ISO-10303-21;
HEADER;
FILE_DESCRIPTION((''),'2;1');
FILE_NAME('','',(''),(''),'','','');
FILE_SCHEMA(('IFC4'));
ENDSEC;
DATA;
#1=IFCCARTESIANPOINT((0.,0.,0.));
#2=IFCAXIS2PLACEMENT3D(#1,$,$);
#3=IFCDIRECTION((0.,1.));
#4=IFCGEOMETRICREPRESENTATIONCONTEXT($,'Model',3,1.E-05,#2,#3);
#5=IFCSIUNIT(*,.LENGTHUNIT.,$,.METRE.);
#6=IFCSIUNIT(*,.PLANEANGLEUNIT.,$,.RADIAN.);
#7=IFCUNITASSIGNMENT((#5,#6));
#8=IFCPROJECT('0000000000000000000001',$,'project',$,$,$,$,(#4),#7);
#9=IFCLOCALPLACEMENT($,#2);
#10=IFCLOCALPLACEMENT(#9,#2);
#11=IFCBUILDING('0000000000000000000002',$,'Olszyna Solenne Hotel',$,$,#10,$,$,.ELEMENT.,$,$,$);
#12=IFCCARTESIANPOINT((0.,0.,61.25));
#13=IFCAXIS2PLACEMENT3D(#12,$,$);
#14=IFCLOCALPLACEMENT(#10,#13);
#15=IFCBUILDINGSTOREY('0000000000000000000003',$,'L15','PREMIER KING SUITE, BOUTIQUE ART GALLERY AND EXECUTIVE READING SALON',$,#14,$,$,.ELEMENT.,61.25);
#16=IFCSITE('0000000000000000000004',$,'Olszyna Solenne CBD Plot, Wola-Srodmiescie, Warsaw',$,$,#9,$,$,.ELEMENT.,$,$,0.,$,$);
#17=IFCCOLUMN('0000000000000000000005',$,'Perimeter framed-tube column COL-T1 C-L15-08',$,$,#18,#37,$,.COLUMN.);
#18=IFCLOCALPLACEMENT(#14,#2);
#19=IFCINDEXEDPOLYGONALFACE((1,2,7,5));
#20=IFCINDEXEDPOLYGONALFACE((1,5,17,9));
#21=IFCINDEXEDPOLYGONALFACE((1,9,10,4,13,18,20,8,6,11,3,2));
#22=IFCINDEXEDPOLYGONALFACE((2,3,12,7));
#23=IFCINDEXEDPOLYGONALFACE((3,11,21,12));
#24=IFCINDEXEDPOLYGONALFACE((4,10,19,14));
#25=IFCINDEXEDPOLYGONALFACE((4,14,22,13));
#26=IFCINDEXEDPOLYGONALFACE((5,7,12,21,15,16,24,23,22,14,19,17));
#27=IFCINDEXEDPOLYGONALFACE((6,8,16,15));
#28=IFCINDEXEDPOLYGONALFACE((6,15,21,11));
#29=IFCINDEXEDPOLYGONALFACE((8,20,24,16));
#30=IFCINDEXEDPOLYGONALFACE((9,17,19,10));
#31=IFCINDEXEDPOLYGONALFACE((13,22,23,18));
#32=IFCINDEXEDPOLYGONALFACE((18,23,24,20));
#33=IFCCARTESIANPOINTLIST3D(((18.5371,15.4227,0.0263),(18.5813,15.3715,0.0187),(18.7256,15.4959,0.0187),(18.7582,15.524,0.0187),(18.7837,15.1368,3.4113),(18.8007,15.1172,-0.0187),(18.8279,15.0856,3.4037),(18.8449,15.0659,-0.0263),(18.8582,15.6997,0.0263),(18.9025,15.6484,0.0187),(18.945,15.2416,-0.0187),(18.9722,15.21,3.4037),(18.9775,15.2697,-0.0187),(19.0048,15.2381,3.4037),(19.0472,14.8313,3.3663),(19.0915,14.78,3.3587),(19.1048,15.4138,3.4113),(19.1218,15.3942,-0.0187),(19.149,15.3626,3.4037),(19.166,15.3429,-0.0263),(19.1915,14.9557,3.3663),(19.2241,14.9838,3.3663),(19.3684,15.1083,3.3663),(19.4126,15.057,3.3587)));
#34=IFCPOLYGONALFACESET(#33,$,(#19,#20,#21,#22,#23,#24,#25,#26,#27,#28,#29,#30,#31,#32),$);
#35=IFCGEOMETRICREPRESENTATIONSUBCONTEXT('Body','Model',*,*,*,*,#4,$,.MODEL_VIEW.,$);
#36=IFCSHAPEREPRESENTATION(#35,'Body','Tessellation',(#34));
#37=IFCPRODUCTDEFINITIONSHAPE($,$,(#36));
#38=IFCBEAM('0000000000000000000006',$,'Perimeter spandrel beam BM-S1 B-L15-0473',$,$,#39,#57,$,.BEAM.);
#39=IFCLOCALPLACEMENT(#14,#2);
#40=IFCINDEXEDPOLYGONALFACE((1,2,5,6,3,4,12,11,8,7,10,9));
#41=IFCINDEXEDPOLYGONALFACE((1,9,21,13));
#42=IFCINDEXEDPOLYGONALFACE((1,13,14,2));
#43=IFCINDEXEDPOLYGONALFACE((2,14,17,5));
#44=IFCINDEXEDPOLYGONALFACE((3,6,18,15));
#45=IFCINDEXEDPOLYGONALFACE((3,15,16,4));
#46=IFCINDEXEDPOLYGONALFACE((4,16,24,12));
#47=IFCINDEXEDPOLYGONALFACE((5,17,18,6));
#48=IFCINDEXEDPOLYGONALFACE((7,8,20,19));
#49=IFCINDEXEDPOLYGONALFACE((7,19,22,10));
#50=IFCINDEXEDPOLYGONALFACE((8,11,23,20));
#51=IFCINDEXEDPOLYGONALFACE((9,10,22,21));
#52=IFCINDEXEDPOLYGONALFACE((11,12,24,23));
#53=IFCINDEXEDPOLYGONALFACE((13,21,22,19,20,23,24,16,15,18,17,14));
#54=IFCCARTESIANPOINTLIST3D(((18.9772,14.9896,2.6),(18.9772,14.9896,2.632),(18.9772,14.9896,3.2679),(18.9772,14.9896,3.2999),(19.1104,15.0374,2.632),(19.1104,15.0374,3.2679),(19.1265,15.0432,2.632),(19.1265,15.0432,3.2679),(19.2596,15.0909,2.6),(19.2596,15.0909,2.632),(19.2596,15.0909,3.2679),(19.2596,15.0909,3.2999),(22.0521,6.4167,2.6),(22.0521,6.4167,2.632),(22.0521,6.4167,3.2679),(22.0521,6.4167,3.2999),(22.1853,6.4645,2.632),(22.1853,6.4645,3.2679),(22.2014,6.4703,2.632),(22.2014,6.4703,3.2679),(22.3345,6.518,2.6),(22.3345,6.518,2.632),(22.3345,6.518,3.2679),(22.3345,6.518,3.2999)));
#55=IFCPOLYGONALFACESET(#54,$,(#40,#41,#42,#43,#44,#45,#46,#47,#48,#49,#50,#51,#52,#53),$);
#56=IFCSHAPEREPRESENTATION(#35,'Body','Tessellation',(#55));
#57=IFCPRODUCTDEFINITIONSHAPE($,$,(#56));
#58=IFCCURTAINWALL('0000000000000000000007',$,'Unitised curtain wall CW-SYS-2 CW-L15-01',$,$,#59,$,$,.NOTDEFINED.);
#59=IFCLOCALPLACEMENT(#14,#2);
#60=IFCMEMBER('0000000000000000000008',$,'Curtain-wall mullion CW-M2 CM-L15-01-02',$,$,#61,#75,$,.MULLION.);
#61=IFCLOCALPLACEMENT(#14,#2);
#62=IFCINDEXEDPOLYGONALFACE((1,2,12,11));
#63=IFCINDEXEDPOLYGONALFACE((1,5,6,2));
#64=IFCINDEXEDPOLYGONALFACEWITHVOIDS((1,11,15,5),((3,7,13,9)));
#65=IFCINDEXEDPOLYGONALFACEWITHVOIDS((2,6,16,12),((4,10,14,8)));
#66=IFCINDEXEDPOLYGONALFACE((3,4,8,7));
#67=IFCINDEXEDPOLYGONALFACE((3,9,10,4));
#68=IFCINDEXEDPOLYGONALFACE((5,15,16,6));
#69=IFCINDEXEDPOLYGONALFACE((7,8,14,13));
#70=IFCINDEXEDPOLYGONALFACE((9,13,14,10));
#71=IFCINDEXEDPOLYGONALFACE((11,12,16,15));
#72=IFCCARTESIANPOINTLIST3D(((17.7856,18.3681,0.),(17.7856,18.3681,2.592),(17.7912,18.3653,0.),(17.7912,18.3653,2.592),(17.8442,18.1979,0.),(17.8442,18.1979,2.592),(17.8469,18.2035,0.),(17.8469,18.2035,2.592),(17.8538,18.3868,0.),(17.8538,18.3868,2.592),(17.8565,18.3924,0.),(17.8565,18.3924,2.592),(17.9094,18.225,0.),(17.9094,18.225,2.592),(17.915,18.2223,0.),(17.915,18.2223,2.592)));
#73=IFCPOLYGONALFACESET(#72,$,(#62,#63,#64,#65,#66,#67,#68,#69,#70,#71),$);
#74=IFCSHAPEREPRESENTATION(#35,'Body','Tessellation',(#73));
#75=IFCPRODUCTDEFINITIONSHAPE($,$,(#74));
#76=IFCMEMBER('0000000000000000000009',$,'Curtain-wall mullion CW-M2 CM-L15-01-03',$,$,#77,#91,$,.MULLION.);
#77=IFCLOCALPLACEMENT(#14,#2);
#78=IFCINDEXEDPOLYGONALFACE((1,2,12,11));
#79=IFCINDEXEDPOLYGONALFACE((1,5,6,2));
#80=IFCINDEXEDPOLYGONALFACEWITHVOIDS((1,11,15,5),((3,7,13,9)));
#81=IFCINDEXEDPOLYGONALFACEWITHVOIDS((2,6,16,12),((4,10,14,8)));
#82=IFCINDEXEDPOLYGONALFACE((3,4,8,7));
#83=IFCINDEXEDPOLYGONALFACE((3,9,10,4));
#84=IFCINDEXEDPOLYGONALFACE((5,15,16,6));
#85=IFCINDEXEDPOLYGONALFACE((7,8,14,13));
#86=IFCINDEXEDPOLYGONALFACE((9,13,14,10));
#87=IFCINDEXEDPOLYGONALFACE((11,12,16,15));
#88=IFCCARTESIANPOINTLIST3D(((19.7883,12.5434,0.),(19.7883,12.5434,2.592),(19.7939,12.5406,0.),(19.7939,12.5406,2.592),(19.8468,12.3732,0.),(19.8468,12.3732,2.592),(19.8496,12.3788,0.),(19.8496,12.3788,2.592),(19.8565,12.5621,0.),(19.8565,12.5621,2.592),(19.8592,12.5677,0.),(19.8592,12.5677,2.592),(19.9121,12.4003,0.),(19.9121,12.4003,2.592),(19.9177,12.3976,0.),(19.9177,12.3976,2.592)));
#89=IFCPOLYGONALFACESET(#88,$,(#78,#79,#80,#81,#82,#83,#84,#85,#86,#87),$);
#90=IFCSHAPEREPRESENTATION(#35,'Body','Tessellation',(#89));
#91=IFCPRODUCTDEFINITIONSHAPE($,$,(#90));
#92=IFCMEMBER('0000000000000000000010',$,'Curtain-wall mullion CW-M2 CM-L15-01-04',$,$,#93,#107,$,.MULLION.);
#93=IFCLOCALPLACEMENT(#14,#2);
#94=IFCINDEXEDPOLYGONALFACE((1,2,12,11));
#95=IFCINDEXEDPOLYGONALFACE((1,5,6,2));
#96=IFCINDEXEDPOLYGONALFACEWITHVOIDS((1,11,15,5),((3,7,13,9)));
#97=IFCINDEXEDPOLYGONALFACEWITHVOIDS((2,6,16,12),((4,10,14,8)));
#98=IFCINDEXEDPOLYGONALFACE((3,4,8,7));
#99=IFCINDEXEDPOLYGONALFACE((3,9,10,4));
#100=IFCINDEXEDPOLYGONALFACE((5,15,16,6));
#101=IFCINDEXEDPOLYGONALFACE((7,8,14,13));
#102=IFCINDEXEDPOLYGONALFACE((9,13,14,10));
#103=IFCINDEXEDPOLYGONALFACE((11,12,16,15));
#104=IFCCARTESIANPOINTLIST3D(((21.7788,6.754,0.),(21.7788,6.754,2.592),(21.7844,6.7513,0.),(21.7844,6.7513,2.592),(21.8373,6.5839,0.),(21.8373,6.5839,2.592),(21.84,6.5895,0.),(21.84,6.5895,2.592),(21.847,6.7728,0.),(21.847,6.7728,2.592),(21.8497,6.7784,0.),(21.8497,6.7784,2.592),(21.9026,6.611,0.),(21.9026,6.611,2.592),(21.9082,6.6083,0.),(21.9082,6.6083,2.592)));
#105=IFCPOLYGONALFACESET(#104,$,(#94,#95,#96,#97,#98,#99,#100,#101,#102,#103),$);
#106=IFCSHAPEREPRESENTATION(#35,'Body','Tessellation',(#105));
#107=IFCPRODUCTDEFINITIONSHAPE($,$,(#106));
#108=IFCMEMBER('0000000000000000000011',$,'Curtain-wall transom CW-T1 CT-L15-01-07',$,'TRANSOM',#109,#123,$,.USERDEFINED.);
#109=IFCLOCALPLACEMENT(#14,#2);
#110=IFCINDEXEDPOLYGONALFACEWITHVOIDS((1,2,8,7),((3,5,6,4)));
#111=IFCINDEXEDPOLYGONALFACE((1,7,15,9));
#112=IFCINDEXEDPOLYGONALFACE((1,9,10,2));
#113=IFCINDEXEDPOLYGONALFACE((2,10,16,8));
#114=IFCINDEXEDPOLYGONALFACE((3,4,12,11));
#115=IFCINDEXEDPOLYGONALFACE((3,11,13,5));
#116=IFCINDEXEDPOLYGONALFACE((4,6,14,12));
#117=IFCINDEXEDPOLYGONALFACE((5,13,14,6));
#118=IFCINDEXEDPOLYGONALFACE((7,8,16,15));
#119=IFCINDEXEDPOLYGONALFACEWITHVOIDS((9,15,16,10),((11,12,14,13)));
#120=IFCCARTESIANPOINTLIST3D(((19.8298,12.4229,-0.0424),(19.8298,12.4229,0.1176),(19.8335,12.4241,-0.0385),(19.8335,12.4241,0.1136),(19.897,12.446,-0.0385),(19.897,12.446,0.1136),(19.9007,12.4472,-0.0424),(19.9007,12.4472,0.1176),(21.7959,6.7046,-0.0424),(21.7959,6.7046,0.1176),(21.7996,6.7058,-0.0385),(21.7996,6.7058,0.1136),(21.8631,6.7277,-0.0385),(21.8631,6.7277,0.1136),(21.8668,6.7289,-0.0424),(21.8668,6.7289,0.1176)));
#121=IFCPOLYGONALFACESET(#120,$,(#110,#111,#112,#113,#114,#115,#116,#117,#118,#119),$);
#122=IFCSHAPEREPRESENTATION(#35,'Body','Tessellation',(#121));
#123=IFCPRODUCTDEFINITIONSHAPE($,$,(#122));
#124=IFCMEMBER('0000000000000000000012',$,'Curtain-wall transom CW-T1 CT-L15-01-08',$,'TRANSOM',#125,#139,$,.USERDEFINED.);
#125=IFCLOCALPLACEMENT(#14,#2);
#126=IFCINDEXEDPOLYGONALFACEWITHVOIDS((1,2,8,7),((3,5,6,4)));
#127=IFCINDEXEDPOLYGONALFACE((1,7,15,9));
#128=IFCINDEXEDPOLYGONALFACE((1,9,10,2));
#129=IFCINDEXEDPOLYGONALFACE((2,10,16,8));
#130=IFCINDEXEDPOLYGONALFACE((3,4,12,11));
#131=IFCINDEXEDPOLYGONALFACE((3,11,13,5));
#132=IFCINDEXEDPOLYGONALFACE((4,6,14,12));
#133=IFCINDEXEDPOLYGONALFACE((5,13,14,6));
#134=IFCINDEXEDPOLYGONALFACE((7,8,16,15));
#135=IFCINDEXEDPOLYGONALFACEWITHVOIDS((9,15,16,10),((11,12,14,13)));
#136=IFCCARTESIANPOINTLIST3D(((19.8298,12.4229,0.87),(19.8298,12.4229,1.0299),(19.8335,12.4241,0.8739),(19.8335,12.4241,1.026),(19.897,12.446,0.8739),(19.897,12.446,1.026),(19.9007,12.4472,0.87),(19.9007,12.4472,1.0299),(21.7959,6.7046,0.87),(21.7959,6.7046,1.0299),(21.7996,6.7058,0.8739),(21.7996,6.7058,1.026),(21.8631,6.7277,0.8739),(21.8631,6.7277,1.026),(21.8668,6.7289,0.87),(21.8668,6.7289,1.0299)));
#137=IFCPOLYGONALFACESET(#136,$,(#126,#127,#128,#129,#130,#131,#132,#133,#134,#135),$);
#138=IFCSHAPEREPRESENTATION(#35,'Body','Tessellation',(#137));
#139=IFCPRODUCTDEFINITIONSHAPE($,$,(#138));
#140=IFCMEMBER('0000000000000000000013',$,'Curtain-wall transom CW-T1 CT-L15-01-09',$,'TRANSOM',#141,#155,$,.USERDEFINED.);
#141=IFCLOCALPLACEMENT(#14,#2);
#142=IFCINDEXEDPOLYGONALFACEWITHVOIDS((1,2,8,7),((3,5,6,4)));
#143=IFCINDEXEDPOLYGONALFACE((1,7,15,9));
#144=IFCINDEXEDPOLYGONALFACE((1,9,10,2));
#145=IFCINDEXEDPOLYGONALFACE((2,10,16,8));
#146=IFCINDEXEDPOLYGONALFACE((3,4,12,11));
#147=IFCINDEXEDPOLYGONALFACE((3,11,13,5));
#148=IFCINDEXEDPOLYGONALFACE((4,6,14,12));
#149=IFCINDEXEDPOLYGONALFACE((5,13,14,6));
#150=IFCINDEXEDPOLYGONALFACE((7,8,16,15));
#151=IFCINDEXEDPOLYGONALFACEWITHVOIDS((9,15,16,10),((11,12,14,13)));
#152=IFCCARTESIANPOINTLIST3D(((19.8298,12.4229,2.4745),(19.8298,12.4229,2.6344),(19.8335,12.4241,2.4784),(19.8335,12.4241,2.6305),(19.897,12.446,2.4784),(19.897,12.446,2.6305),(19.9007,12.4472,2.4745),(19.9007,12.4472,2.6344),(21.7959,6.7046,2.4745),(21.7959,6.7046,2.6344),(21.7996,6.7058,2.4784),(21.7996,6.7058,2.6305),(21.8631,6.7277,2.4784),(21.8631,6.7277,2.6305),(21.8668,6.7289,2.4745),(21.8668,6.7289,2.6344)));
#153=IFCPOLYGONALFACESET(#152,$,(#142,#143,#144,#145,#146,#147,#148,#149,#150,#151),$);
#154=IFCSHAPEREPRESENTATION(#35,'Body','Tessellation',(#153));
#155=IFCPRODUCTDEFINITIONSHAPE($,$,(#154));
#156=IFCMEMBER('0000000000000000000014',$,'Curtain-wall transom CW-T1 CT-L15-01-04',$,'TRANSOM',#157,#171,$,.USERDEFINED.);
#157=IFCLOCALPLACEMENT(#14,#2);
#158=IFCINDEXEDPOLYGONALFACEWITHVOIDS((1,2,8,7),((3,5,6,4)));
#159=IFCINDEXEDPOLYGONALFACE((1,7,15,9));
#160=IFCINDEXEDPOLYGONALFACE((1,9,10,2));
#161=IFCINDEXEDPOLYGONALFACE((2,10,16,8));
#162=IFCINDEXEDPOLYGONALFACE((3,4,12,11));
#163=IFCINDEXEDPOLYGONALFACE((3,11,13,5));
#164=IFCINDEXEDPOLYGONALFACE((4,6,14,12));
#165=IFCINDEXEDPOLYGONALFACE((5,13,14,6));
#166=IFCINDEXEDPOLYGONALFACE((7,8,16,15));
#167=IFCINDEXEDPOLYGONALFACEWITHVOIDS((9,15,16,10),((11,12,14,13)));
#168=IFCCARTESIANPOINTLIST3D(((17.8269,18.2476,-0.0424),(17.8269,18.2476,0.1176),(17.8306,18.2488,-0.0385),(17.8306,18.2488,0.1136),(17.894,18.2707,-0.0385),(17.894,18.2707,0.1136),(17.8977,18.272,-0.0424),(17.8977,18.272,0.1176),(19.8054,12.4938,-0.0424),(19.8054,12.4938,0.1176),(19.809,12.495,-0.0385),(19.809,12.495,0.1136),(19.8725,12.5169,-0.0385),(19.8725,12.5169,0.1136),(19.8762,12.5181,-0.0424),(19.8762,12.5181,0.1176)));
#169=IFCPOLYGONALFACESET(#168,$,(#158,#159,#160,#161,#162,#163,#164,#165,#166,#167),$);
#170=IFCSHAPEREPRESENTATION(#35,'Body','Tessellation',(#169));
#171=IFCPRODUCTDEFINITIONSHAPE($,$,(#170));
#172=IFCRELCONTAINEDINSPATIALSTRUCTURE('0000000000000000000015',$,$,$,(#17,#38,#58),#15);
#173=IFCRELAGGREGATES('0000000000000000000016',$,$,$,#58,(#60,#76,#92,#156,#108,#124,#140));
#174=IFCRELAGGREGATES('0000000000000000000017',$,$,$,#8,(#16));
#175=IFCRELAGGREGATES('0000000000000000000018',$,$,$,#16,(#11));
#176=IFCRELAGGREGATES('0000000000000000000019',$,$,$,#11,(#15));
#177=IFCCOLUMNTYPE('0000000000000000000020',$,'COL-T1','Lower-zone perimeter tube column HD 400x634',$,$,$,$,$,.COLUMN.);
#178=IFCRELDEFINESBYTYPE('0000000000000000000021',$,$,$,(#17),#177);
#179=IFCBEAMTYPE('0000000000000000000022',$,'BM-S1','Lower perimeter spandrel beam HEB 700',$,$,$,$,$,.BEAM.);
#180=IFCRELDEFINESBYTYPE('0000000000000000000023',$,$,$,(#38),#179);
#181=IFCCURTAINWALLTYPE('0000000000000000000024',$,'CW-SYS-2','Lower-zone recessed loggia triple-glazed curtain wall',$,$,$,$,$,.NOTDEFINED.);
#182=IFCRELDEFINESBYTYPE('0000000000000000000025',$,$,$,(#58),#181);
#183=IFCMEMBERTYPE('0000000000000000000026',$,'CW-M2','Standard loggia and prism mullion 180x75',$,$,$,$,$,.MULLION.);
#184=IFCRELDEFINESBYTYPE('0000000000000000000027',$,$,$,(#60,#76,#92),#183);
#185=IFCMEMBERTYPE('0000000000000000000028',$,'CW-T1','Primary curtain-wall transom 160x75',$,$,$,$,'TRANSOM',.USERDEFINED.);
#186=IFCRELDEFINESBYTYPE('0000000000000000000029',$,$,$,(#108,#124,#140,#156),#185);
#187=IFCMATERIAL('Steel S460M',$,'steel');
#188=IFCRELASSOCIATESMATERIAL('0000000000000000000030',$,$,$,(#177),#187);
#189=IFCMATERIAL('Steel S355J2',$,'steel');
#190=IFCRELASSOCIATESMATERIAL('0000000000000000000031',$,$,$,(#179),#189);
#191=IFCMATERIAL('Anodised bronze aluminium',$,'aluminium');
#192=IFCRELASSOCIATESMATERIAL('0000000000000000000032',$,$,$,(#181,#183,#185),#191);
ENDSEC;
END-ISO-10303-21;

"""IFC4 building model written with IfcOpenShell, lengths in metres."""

from ifc_helpers import new_model, si_unit, direction, frame, origin, origin_2d, place, context, subcontext, project, spatial, hollow_rectangle, i_section, extrude, source, transform, mapped, material, material_profile, profile_set, type_object, element, aggregate, save


model = new_model("IFC4")

# Units and contexts
model_context = context("Model", 3, precision=1e-05, world=origin(), true_north=direction((0.0, 1.0)))
body_context = subcontext(model_context, "Body", "Model", "MODEL_VIEW")
ifc_project = project(units=[si_unit("LENGTHUNIT", "METRE"), si_unit("PLANEANGLEUNIT", "RADIAN")], contexts=[model_context])

# Site, building, storey
site_placement = place(None, origin())
site = spatial("IfcSite", under=ifc_project, at=site_placement, Name="Olszyna Solenne CBD Plot, Wola-Srodmiescie, Warsaw", CompositionType="ELEMENT", RefElevation=0.0)
building_placement = place(site_placement, origin())
building = spatial("IfcBuilding", under=site, at=building_placement, Name="Olszyna Solenne Hotel", CompositionType="ELEMENT")
storey_placement = place(building_placement, frame((0.0, 0.0, 61.25)))
storey = spatial("IfcBuildingStorey", under=building, at=storey_placement, Name="L15", Description="PREMIER KING SUITE, BOUTIQUE ART GALLERY AND EXECUTIVE READING SALON", CompositionType="ELEMENT", Elevation=61.25)

# Column
ifc_material_1 = material(Name="Steel S460M", Category="steel")
ifc_material_profile_1 = material_profile(ifc_material_1, i_section(OverallWidth=0.4241, OverallDepth=0.4741, WebThickness=0.043, FlangeThickness=0.0681, at=origin_2d()), Name="HD 400x634", Category="load-bearing")
ifc_profile_set_1 = profile_set([ifc_material_profile_1], Name="Steel S460M")
column_type = type_object("IfcColumnType", Name="COL-T1", Description="Lower-zone perimeter tube column HD 400x634", PredefinedType="COLUMN", material=ifc_profile_set_1)
shared_shape_1 = source(origin(), body_context, "Body", "SweptSolid", [
    extrude(i_section(OverallWidth=0.4241, OverallDepth=0.4741, WebThickness=0.043, FlangeThickness=0.0681, at=origin_2d()), origin(), (0.0, 0.0, 1.0), 3.406),
])
column_placement = place(storey_placement, frame((18.8516, 15.3828, 0.0), z_axis=(0.072396, -0.083937, 0.993838), x_axis=(0.757245, 0.653131, 0.0)))
element("IfcColumn", 1, at=column_placement, inside=storey, type_object=column_type, Name="Perimeter framed-tube column COL-T1 C-L15-08", PredefinedType="COLUMN", context=body_context, shape_type="MappedRepresentation", body=[
    mapped(shared_shape_1, transform((0.0, 0.0, 0.0), x_axis=(1.0, 0.0, 0.0), y_axis=(0.0, 1.0, 0.0), z_axis=(0.0, 0.0, 1.0), scale=1.0)),
])

# Beam
ifc_material_2 = material(Name="Steel S355J2", Category="steel")
ifc_material_profile_2 = material_profile(ifc_material_2, i_section(OverallWidth=0.3, OverallDepth=0.7, WebThickness=0.0171, FlangeThickness=0.032, at=origin_2d()), Name="HEB 700", Category="load-bearing")
ifc_profile_set_2 = profile_set([ifc_material_profile_2], Name="Steel S355J2")
beam_type = type_object("IfcBeamType", Name="BM-S1", Description="Lower perimeter spandrel beam HEB 700", PredefinedType="BEAM", material=ifc_profile_set_2)
shared_shape_2 = source(origin(), body_context, "Body", "SweptSolid", [
    extrude(i_section(OverallWidth=0.3, OverallDepth=0.7, WebThickness=0.0171, FlangeThickness=0.032, at=origin_2d()), origin(), (0.0, 0.0, 1.0), 9.1077),
])
beam_placement = place(storey_placement, frame((19.1184, 15.0403, 2.95), z_axis=(0.337618, -0.941283, 0.0), x_axis=(0.941283, 0.337618, 0.0)))
element("IfcBeam", 2, at=beam_placement, inside=storey, type_object=beam_type, Name="Perimeter spandrel beam BM-S1 B-L15-0473", PredefinedType="BEAM", context=body_context, shape_type="MappedRepresentation", body=[
    mapped(shared_shape_2, transform((0.0, 0.0, 0.0), x_axis=(1.0, 0.0, 0.0), y_axis=(0.0, 1.0, 0.0), z_axis=(0.0, 0.0, 1.0), scale=1.0)),
])

# Curtain wall, members
ifc_material_3 = material(Name="Anodised bronze aluminium", Category="aluminium")
curtain_wall_type = type_object("IfcCurtainWallType", Name="CW-SYS-2", Description="Lower-zone recessed loggia triple-glazed curtain wall", PredefinedType="NOTDEFINED", material=ifc_material_3)
curtain_wall_placement = place(storey_placement, origin())
curtain_wall = element("IfcCurtainWall", 3, at=curtain_wall_placement, inside=storey, type_object=curtain_wall_type, Name="Unitised curtain wall CW-SYS-2 CW-L15-01", PredefinedType="NOTDEFINED")
ifc_material_profile_3 = material_profile(ifc_material_3, hollow_rectangle(XDim=0.075, YDim=0.1799, WallThickness=0.0044, at=origin_2d()), Name="MULL 180x75x4.5", Category="load-bearing")
ifc_profile_set_3 = profile_set([ifc_material_profile_3], Name="Anodised bronze aluminium")
member_type_1 = type_object("IfcMemberType", Name="CW-M2", Description="Standard loggia and prism mullion 180x75", PredefinedType="MULLION", material=ifc_profile_set_3)
shared_shape_3 = source(origin(), body_context, "Body", "SweptSolid", [
    extrude(hollow_rectangle(XDim=0.075, YDim=0.1799, WallThickness=0.0044, at=origin_2d()), origin(), (0.0, 0.0, 1.0), 2.592),
])
member_1_placement = place(storey_placement, frame((17.8503, 18.2952, 0.0), z_axis=(0.0, 0.0, 1.0), x_axis=(0.945661, 0.325153, 0.0)))
member_1 = element("IfcMember", 4, at=member_1_placement, type_object=member_type_1, Name="Curtain-wall mullion CW-M2 CM-L15-01-02", PredefinedType="MULLION", context=body_context, shape_type="MappedRepresentation", body=[
    mapped(shared_shape_3, transform((0.0, 0.0, 0.0), x_axis=(1.0, 0.0, 0.0), y_axis=(0.0, 1.0, 0.0), z_axis=(0.0, 0.0, 1.0), scale=1.0)),
])
member_2_placement = place(storey_placement, frame((19.853, 12.4705, 0.0), z_axis=(0.0, 0.0, 1.0), x_axis=(0.945661, 0.325153, 0.0)))
member_2 = element("IfcMember", 5, at=member_2_placement, type_object=member_type_1, Name="Curtain-wall mullion CW-M2 CM-L15-01-03", PredefinedType="MULLION", context=body_context, shape_type="MappedRepresentation", body=[
    mapped(shared_shape_3, transform((0.0, 0.0, 0.0), x_axis=(1.0, 0.0, 0.0), y_axis=(0.0, 1.0, 0.0), z_axis=(0.0, 0.0, 1.0), scale=1.0)),
])
member_3_placement = place(storey_placement, frame((21.8435, 6.6812, 0.0), z_axis=(0.0, 0.0, 1.0), x_axis=(0.945661, 0.325153, 0.0)))
member_3 = element("IfcMember", 6, at=member_3_placement, type_object=member_type_1, Name="Curtain-wall mullion CW-M2 CM-L15-01-04", PredefinedType="MULLION", context=body_context, shape_type="MappedRepresentation", body=[
    mapped(shared_shape_3, transform((0.0, 0.0, 0.0), x_axis=(1.0, 0.0, 0.0), y_axis=(0.0, 1.0, 0.0), z_axis=(0.0, 0.0, 1.0), scale=1.0)),
])
ifc_material_profile_4 = material_profile(ifc_material_3, hollow_rectangle(XDim=0.075, YDim=0.1599, WallThickness=0.0039, at=origin_2d()), Name="TRAN 160x75x4", Category="load-bearing")
ifc_profile_set_4 = profile_set([ifc_material_profile_4], Name="Anodised bronze aluminium")
member_type_2 = type_object("IfcMemberType", Name="CW-T1", Description="Primary curtain-wall transom 160x75", ElementType="TRANSOM", PredefinedType="USERDEFINED", material=ifc_profile_set_4)
shared_shape_4 = source(origin(), body_context, "Body", "SweptSolid", [
    extrude(hollow_rectangle(XDim=0.075, YDim=0.1599, WallThickness=0.0039, at=origin_2d()), origin(), (0.0, 0.0, 1.0), 6.0469),
])
member_4_placement = place(storey_placement, frame((19.8652, 12.4351, 0.0376), z_axis=(0.325141, -0.945666, 0.0), x_axis=(0.945666, 0.325141, 0.0)))
member_4 = element("IfcMember", 7, at=member_4_placement, type_object=member_type_2, Name="Curtain-wall transom CW-T1 CT-L15-01-07", ObjectType="TRANSOM", PredefinedType="USERDEFINED", context=body_context, shape_type="MappedRepresentation", body=[
    mapped(shared_shape_4, transform((0.0, 0.0, 0.0), x_axis=(1.0, 0.0, 0.0), y_axis=(0.0, 1.0, 0.0), z_axis=(0.0, 0.0, 1.0), scale=1.0)),
])
member_5_placement = place(storey_placement, frame((19.8652, 12.4351, 0.95), z_axis=(0.325141, -0.945666, 0.0), x_axis=(0.945666, 0.325141, 0.0)))
member_5 = element("IfcMember", 8, at=member_5_placement, type_object=member_type_2, Name="Curtain-wall transom CW-T1 CT-L15-01-08", ObjectType="TRANSOM", PredefinedType="USERDEFINED", context=body_context, shape_type="MappedRepresentation", body=[
    mapped(shared_shape_4, transform((0.0, 0.0, 0.0), x_axis=(1.0, 0.0, 0.0), y_axis=(0.0, 1.0, 0.0), z_axis=(0.0, 0.0, 1.0), scale=1.0)),
])
member_6_placement = place(storey_placement, frame((19.8652, 12.4351, 2.5544), z_axis=(0.325141, -0.945666, 0.0), x_axis=(0.945666, 0.325141, 0.0)))
member_6 = element("IfcMember", 9, at=member_6_placement, type_object=member_type_2, Name="Curtain-wall transom CW-T1 CT-L15-01-09", ObjectType="TRANSOM", PredefinedType="USERDEFINED", context=body_context, shape_type="MappedRepresentation", body=[
    mapped(shared_shape_4, transform((0.0, 0.0, 0.0), x_axis=(1.0, 0.0, 0.0), y_axis=(0.0, 1.0, 0.0), z_axis=(0.0, 0.0, 1.0), scale=1.0)),
])
shared_shape_5 = source(origin(), body_context, "Body", "SweptSolid", [
    extrude(hollow_rectangle(XDim=0.075, YDim=0.1599, WallThickness=0.0039, at=origin_2d()), origin(), (0.0, 0.0, 1.0), 6.0845),
])
member_7_placement = place(storey_placement, frame((17.8623, 18.2598, 0.0376), z_axis=(0.325169, -0.945656, 0.0), x_axis=(0.945656, 0.325169, 0.0)))
member_7 = element("IfcMember", 10, at=member_7_placement, type_object=member_type_2, Name="Curtain-wall transom CW-T1 CT-L15-01-04", ObjectType="TRANSOM", PredefinedType="USERDEFINED", context=body_context, shape_type="MappedRepresentation", body=[
    mapped(shared_shape_5, transform((0.0, 0.0, 0.0), x_axis=(1.0, 0.0, 0.0), y_axis=(0.0, 1.0, 0.0), z_axis=(0.0, 0.0, 1.0), scale=1.0)),
])

aggregate(curtain_wall, [member_1, member_2, member_3, member_7, member_4, member_5, member_6])

save(model, "model.ifc")
